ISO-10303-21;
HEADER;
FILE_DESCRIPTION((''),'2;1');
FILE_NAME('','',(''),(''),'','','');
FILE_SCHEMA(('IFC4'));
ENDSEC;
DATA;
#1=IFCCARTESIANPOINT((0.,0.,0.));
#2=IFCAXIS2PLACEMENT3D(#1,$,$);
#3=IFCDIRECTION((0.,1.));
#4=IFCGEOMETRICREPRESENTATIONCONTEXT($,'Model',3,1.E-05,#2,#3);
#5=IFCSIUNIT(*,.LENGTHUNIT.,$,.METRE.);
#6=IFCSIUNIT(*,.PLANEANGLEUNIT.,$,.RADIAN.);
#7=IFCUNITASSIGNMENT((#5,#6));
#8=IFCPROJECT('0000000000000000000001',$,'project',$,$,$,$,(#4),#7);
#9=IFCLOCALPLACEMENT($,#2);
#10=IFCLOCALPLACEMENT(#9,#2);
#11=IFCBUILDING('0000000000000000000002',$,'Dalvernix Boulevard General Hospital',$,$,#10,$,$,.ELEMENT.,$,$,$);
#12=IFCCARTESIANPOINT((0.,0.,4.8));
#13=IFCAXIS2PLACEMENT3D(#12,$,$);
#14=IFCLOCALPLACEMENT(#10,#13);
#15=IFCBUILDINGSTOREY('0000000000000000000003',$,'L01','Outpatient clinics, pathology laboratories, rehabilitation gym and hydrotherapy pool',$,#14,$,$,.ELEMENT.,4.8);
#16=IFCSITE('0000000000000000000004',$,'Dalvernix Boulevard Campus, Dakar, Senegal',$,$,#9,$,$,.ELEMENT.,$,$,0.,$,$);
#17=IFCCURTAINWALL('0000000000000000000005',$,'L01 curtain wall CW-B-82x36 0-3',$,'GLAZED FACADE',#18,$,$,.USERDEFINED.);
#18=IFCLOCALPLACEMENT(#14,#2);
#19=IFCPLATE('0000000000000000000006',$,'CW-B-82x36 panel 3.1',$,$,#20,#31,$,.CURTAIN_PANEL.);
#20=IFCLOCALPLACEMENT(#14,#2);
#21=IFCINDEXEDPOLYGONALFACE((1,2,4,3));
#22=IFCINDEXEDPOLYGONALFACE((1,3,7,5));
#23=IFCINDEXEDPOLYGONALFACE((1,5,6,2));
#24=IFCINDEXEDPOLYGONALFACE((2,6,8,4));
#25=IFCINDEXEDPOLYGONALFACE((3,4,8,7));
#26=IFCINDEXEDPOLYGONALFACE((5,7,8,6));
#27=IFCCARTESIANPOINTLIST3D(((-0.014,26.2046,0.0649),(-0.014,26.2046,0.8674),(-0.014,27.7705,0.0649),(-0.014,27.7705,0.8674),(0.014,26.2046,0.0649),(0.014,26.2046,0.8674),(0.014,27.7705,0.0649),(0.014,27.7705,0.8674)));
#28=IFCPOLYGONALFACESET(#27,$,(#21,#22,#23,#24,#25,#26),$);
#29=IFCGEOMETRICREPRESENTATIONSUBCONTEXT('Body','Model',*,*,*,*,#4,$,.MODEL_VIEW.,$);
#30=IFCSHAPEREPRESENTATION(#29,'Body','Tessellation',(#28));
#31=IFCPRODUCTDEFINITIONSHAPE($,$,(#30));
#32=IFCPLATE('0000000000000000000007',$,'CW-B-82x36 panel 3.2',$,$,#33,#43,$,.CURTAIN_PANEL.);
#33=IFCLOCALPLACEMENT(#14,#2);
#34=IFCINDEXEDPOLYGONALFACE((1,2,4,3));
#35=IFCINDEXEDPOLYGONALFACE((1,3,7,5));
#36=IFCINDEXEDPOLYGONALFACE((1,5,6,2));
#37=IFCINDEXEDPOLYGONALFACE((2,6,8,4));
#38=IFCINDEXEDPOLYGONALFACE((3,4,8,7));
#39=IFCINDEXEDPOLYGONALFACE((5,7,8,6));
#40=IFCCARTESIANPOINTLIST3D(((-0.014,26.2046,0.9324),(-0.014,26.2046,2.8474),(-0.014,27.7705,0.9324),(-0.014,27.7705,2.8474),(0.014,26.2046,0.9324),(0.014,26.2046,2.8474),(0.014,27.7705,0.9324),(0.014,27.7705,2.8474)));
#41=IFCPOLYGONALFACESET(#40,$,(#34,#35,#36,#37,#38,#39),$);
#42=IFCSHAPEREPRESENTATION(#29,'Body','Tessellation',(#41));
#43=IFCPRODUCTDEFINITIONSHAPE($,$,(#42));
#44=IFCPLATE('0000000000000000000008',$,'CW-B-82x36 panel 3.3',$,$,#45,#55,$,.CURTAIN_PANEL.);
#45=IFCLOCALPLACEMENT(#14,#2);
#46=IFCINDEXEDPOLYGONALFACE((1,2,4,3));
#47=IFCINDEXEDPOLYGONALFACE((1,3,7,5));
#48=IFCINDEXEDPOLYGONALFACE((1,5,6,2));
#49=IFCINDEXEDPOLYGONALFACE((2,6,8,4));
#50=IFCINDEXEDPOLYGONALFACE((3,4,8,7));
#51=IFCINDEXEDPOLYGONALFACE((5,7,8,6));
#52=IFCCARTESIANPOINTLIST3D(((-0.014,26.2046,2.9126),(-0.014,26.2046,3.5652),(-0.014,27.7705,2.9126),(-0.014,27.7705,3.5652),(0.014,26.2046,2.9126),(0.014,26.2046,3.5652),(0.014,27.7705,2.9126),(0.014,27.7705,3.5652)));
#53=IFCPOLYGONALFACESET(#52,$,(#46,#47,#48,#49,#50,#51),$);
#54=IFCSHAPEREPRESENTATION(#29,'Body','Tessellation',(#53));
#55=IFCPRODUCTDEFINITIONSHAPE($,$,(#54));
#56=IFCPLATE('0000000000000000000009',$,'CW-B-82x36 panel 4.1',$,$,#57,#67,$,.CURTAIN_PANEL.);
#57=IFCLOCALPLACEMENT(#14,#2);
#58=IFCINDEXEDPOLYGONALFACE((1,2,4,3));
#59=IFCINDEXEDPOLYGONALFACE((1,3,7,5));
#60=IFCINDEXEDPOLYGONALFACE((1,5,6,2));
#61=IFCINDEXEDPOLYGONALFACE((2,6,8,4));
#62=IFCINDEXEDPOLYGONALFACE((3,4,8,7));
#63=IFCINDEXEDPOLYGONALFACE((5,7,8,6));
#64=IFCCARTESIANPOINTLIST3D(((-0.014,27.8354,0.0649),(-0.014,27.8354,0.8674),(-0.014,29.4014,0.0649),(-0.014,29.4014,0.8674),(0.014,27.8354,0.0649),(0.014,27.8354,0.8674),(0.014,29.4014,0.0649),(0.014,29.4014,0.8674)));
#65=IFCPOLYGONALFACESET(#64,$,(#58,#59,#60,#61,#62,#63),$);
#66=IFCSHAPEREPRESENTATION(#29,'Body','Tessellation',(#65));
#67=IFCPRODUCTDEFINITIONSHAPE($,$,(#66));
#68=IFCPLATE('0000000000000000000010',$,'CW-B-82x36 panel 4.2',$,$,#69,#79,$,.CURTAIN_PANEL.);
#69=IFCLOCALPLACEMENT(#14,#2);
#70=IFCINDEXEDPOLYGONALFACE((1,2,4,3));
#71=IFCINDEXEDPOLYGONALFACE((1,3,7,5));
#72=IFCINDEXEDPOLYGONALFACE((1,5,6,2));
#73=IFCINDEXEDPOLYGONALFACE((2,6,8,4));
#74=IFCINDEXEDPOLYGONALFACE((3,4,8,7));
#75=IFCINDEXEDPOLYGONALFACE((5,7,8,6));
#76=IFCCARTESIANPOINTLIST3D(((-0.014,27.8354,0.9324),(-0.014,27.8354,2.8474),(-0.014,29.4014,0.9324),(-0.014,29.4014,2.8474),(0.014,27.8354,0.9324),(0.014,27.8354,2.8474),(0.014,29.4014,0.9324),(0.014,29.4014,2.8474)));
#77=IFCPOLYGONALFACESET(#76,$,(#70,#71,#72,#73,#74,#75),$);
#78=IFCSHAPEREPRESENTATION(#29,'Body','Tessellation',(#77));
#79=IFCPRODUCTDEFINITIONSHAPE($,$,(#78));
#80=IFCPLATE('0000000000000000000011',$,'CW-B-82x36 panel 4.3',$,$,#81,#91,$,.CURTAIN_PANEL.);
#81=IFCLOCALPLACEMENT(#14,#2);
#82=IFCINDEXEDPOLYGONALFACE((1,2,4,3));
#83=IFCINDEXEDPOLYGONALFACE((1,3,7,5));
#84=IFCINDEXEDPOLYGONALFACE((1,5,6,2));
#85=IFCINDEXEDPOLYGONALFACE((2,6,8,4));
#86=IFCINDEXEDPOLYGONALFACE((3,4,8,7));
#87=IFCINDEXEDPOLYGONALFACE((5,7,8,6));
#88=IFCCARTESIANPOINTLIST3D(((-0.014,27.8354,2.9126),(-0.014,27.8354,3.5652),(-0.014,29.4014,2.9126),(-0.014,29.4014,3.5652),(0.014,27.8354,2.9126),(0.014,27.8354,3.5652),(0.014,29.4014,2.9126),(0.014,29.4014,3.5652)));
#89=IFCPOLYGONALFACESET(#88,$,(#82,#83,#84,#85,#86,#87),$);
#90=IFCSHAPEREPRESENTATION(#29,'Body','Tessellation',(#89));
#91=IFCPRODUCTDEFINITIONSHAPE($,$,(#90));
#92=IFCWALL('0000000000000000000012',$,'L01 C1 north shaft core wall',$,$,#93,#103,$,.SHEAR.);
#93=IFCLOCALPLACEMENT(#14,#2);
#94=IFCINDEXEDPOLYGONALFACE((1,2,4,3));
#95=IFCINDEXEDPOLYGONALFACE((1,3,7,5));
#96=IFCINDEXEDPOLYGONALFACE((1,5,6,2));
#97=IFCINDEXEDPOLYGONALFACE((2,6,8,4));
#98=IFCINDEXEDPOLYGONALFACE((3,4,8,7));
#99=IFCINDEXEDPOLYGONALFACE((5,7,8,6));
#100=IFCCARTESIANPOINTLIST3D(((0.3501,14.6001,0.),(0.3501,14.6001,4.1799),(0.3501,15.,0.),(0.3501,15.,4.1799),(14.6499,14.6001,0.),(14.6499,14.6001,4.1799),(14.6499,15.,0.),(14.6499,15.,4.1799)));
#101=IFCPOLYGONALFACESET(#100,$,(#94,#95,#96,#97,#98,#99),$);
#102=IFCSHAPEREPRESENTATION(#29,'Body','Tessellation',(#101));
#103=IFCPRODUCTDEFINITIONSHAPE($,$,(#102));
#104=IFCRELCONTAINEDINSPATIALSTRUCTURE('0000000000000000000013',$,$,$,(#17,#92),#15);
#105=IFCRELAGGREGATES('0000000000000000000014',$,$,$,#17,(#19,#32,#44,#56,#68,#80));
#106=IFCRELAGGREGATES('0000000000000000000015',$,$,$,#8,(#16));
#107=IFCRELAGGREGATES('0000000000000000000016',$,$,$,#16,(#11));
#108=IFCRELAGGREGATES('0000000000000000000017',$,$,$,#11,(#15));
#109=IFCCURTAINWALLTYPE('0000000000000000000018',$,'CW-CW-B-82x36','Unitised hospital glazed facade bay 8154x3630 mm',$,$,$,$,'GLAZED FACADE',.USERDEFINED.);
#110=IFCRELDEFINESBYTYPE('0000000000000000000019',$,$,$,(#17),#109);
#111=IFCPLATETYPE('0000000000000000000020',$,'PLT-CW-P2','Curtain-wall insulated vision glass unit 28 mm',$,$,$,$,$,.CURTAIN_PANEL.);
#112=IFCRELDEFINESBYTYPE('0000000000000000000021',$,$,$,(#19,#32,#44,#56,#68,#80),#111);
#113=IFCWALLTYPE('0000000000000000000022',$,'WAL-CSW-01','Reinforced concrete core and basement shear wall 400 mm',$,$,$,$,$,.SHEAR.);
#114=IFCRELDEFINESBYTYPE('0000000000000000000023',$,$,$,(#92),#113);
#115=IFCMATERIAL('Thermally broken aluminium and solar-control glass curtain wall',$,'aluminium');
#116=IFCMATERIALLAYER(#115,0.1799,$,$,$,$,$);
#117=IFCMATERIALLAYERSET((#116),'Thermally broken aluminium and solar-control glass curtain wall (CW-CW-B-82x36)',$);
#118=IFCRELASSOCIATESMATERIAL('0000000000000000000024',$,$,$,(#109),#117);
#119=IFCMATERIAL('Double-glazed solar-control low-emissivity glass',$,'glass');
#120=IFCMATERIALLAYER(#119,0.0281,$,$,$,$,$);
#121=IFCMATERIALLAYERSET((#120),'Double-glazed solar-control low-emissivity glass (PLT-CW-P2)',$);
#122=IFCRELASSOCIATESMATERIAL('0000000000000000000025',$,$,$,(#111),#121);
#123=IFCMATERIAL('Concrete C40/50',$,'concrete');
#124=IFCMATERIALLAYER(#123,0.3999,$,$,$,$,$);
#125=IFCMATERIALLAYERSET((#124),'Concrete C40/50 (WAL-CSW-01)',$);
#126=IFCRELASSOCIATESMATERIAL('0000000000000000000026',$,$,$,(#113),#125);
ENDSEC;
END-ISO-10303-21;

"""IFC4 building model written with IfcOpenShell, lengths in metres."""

from ifc_helpers import new_model, si_unit, direction, frame, frame_2d, origin, origin_2d, place, context, subcontext, project, spatial, rectangle, extrude, material, layer, layer_set, type_object, element, aggregate, save


model = new_model("IFC4")

# Units and contexts
model_context = context("Model", 3, precision=1e-05, world=origin(), true_north=direction((0.0, 1.0)))
body_context = subcontext(model_context, "Body", "Model", "MODEL_VIEW")
ifc_project = project(units=[si_unit("LENGTHUNIT", "METRE"), si_unit("PLANEANGLEUNIT", "RADIAN")], contexts=[model_context])

# Site, building, storey
site_placement = place(None, origin())
site = spatial("IfcSite", under=ifc_project, at=site_placement, Name="Dalvernix Boulevard Campus, Dakar, Senegal", CompositionType="ELEMENT", RefElevation=0.0)
building_placement = place(site_placement, origin())
building = spatial("IfcBuilding", under=site, at=building_placement, Name="Dalvernix Boulevard General Hospital", CompositionType="ELEMENT")
storey_placement = place(building_placement, frame((0.0, 0.0, 4.8)))
storey = spatial("IfcBuildingStorey", under=building, at=storey_placement, Name="L01", Description="Outpatient clinics, pathology laboratories, rehabilitation gym and hydrotherapy pool", CompositionType="ELEMENT", Elevation=4.8)

# Curtain wall, plates
ifc_material_1 = material(Name="Thermally broken aluminium and solar-control glass curtain wall", Category="aluminium")
ifc_layer_1 = layer(ifc_material_1, 0.1799)
ifc_layer_set_1 = layer_set([ifc_layer_1], Name="Thermally broken aluminium and solar-control glass curtain wall (CW-CW-B-82x36)")
curtain_wall_type = type_object("IfcCurtainWallType", Name="CW-CW-B-82x36", Description="Unitised hospital glazed facade bay 8154x3630 mm", ElementType="GLAZED FACADE", PredefinedType="USERDEFINED", material=ifc_layer_set_1)
curtain_wall_placement = place(storey_placement, origin())
curtain_wall = element("IfcCurtainWall", 1, at=curtain_wall_placement, inside=storey, type_object=curtain_wall_type, Name="L01 curtain wall CW-B-82x36 0-3", ObjectType="GLAZED FACADE", PredefinedType="USERDEFINED")
ifc_material_2 = material(Name="Double-glazed solar-control low-emissivity glass", Category="glass")
ifc_layer_2 = layer(ifc_material_2, 0.0281)
ifc_layer_set_2 = layer_set([ifc_layer_2], Name="Double-glazed solar-control low-emissivity glass (PLT-CW-P2)")
plate_type = type_object("IfcPlateType", Name="PLT-CW-P2", Description="Curtain-wall insulated vision glass unit 28 mm", PredefinedType="CURTAIN_PANEL", material=ifc_layer_set_2)
plate_1_placement = place(storey_placement, frame((0.0, 26.9875, 0.0649), z_axis=(0.0, 0.0, 1.0), x_axis=(0.0, 1.0, 0.0)))
plate_1 = element("IfcPlate", 2, at=plate_1_placement, type_object=plate_type, Name="CW-B-82x36 panel 3.1", PredefinedType="CURTAIN_PANEL", context=body_context, shape_type="SweptSolid", body=[
    extrude(rectangle(XDim=1.5659, YDim=0.0281, at=origin_2d()), origin(), (0.0, 0.0, 1.0), 0.8025),
])
plate_2_placement = place(storey_placement, frame((0.0, 26.9875, 0.9324), z_axis=(0.0, 0.0, 1.0), x_axis=(0.0, 1.0, 0.0)))
plate_2 = element("IfcPlate", 3, at=plate_2_placement, type_object=plate_type, Name="CW-B-82x36 panel 3.2", PredefinedType="CURTAIN_PANEL", context=body_context, shape_type="SweptSolid", body=[
    extrude(rectangle(XDim=1.5659, YDim=0.0281, at=origin_2d()), origin(), (0.0, 0.0, 1.0), 1.915),
])
plate_3_placement = place(storey_placement, frame((0.0, 26.9875, 2.9126), z_axis=(0.0, 0.0, 1.0), x_axis=(0.0, 1.0, 0.0)))
plate_3 = element("IfcPlate", 4, at=plate_3_placement, type_object=plate_type, Name="CW-B-82x36 panel 3.3", PredefinedType="CURTAIN_PANEL", context=body_context, shape_type="SweptSolid", body=[
    extrude(rectangle(XDim=1.5659, YDim=0.0281, at=origin_2d()), origin(), (0.0, 0.0, 1.0), 0.6526),
])
plate_4_placement = place(storey_placement, frame((0.0, 28.6184, 0.0649), z_axis=(0.0, 0.0, 1.0), x_axis=(0.0, 1.0, 0.0)))
plate_4 = element("IfcPlate", 5, at=plate_4_placement, type_object=plate_type, Name="CW-B-82x36 panel 4.1", PredefinedType="CURTAIN_PANEL", context=body_context, shape_type="SweptSolid", body=[
    extrude(rectangle(XDim=1.5659, YDim=0.0281, at=origin_2d()), origin(), (0.0, 0.0, 1.0), 0.8025),
])
plate_5_placement = place(storey_placement, frame((0.0, 28.6184, 0.9324), z_axis=(0.0, 0.0, 1.0), x_axis=(0.0, 1.0, 0.0)))
plate_5 = element("IfcPlate", 6, at=plate_5_placement, type_object=plate_type, Name="CW-B-82x36 panel 4.2", PredefinedType="CURTAIN_PANEL", context=body_context, shape_type="SweptSolid", body=[
    extrude(rectangle(XDim=1.5659, YDim=0.0281, at=origin_2d()), origin(), (0.0, 0.0, 1.0), 1.915),
])
plate_6_placement = place(storey_placement, frame((0.0, 28.6184, 2.9126), z_axis=(0.0, 0.0, 1.0), x_axis=(0.0, 1.0, 0.0)))
plate_6 = element("IfcPlate", 7, at=plate_6_placement, type_object=plate_type, Name="CW-B-82x36 panel 4.3", PredefinedType="CURTAIN_PANEL", context=body_context, shape_type="SweptSolid", body=[
    extrude(rectangle(XDim=1.5659, YDim=0.0281, at=origin_2d()), origin(), (0.0, 0.0, 1.0), 0.6526),
])
aggregate(curtain_wall, [plate_1, plate_2, plate_3, plate_4, plate_5, plate_6])

# Wall
ifc_material_3 = material(Name="Concrete C40/50", Category="concrete")
ifc_layer_3 = layer(ifc_material_3, 0.3999)
ifc_layer_set_3 = layer_set([ifc_layer_3], Name="Concrete C40/50 (WAL-CSW-01)")
wall_type = type_object("IfcWallType", Name="WAL-CSW-01", Description="Reinforced concrete core and basement shear wall 400 mm", PredefinedType="SHEAR", material=ifc_layer_set_3)
wall_placement = place(storey_placement, frame((0.3501, 14.8, 0.0), z_axis=(0.0, 0.0, 1.0), x_axis=(1.0, 0.0, 0.0)))
element("IfcWall", 8, at=wall_placement, inside=storey, type_object=wall_type, Name="L01 C1 north shaft core wall", PredefinedType="SHEAR", context=body_context, shape_type="SweptSolid", body=[
    extrude(rectangle(XDim=14.2998, YDim=0.3999, at=frame_2d((7.1499, 0.0))), origin(), (0.0, 0.0, 1.0), 4.1799),
])

save(model, "model.ifc")
